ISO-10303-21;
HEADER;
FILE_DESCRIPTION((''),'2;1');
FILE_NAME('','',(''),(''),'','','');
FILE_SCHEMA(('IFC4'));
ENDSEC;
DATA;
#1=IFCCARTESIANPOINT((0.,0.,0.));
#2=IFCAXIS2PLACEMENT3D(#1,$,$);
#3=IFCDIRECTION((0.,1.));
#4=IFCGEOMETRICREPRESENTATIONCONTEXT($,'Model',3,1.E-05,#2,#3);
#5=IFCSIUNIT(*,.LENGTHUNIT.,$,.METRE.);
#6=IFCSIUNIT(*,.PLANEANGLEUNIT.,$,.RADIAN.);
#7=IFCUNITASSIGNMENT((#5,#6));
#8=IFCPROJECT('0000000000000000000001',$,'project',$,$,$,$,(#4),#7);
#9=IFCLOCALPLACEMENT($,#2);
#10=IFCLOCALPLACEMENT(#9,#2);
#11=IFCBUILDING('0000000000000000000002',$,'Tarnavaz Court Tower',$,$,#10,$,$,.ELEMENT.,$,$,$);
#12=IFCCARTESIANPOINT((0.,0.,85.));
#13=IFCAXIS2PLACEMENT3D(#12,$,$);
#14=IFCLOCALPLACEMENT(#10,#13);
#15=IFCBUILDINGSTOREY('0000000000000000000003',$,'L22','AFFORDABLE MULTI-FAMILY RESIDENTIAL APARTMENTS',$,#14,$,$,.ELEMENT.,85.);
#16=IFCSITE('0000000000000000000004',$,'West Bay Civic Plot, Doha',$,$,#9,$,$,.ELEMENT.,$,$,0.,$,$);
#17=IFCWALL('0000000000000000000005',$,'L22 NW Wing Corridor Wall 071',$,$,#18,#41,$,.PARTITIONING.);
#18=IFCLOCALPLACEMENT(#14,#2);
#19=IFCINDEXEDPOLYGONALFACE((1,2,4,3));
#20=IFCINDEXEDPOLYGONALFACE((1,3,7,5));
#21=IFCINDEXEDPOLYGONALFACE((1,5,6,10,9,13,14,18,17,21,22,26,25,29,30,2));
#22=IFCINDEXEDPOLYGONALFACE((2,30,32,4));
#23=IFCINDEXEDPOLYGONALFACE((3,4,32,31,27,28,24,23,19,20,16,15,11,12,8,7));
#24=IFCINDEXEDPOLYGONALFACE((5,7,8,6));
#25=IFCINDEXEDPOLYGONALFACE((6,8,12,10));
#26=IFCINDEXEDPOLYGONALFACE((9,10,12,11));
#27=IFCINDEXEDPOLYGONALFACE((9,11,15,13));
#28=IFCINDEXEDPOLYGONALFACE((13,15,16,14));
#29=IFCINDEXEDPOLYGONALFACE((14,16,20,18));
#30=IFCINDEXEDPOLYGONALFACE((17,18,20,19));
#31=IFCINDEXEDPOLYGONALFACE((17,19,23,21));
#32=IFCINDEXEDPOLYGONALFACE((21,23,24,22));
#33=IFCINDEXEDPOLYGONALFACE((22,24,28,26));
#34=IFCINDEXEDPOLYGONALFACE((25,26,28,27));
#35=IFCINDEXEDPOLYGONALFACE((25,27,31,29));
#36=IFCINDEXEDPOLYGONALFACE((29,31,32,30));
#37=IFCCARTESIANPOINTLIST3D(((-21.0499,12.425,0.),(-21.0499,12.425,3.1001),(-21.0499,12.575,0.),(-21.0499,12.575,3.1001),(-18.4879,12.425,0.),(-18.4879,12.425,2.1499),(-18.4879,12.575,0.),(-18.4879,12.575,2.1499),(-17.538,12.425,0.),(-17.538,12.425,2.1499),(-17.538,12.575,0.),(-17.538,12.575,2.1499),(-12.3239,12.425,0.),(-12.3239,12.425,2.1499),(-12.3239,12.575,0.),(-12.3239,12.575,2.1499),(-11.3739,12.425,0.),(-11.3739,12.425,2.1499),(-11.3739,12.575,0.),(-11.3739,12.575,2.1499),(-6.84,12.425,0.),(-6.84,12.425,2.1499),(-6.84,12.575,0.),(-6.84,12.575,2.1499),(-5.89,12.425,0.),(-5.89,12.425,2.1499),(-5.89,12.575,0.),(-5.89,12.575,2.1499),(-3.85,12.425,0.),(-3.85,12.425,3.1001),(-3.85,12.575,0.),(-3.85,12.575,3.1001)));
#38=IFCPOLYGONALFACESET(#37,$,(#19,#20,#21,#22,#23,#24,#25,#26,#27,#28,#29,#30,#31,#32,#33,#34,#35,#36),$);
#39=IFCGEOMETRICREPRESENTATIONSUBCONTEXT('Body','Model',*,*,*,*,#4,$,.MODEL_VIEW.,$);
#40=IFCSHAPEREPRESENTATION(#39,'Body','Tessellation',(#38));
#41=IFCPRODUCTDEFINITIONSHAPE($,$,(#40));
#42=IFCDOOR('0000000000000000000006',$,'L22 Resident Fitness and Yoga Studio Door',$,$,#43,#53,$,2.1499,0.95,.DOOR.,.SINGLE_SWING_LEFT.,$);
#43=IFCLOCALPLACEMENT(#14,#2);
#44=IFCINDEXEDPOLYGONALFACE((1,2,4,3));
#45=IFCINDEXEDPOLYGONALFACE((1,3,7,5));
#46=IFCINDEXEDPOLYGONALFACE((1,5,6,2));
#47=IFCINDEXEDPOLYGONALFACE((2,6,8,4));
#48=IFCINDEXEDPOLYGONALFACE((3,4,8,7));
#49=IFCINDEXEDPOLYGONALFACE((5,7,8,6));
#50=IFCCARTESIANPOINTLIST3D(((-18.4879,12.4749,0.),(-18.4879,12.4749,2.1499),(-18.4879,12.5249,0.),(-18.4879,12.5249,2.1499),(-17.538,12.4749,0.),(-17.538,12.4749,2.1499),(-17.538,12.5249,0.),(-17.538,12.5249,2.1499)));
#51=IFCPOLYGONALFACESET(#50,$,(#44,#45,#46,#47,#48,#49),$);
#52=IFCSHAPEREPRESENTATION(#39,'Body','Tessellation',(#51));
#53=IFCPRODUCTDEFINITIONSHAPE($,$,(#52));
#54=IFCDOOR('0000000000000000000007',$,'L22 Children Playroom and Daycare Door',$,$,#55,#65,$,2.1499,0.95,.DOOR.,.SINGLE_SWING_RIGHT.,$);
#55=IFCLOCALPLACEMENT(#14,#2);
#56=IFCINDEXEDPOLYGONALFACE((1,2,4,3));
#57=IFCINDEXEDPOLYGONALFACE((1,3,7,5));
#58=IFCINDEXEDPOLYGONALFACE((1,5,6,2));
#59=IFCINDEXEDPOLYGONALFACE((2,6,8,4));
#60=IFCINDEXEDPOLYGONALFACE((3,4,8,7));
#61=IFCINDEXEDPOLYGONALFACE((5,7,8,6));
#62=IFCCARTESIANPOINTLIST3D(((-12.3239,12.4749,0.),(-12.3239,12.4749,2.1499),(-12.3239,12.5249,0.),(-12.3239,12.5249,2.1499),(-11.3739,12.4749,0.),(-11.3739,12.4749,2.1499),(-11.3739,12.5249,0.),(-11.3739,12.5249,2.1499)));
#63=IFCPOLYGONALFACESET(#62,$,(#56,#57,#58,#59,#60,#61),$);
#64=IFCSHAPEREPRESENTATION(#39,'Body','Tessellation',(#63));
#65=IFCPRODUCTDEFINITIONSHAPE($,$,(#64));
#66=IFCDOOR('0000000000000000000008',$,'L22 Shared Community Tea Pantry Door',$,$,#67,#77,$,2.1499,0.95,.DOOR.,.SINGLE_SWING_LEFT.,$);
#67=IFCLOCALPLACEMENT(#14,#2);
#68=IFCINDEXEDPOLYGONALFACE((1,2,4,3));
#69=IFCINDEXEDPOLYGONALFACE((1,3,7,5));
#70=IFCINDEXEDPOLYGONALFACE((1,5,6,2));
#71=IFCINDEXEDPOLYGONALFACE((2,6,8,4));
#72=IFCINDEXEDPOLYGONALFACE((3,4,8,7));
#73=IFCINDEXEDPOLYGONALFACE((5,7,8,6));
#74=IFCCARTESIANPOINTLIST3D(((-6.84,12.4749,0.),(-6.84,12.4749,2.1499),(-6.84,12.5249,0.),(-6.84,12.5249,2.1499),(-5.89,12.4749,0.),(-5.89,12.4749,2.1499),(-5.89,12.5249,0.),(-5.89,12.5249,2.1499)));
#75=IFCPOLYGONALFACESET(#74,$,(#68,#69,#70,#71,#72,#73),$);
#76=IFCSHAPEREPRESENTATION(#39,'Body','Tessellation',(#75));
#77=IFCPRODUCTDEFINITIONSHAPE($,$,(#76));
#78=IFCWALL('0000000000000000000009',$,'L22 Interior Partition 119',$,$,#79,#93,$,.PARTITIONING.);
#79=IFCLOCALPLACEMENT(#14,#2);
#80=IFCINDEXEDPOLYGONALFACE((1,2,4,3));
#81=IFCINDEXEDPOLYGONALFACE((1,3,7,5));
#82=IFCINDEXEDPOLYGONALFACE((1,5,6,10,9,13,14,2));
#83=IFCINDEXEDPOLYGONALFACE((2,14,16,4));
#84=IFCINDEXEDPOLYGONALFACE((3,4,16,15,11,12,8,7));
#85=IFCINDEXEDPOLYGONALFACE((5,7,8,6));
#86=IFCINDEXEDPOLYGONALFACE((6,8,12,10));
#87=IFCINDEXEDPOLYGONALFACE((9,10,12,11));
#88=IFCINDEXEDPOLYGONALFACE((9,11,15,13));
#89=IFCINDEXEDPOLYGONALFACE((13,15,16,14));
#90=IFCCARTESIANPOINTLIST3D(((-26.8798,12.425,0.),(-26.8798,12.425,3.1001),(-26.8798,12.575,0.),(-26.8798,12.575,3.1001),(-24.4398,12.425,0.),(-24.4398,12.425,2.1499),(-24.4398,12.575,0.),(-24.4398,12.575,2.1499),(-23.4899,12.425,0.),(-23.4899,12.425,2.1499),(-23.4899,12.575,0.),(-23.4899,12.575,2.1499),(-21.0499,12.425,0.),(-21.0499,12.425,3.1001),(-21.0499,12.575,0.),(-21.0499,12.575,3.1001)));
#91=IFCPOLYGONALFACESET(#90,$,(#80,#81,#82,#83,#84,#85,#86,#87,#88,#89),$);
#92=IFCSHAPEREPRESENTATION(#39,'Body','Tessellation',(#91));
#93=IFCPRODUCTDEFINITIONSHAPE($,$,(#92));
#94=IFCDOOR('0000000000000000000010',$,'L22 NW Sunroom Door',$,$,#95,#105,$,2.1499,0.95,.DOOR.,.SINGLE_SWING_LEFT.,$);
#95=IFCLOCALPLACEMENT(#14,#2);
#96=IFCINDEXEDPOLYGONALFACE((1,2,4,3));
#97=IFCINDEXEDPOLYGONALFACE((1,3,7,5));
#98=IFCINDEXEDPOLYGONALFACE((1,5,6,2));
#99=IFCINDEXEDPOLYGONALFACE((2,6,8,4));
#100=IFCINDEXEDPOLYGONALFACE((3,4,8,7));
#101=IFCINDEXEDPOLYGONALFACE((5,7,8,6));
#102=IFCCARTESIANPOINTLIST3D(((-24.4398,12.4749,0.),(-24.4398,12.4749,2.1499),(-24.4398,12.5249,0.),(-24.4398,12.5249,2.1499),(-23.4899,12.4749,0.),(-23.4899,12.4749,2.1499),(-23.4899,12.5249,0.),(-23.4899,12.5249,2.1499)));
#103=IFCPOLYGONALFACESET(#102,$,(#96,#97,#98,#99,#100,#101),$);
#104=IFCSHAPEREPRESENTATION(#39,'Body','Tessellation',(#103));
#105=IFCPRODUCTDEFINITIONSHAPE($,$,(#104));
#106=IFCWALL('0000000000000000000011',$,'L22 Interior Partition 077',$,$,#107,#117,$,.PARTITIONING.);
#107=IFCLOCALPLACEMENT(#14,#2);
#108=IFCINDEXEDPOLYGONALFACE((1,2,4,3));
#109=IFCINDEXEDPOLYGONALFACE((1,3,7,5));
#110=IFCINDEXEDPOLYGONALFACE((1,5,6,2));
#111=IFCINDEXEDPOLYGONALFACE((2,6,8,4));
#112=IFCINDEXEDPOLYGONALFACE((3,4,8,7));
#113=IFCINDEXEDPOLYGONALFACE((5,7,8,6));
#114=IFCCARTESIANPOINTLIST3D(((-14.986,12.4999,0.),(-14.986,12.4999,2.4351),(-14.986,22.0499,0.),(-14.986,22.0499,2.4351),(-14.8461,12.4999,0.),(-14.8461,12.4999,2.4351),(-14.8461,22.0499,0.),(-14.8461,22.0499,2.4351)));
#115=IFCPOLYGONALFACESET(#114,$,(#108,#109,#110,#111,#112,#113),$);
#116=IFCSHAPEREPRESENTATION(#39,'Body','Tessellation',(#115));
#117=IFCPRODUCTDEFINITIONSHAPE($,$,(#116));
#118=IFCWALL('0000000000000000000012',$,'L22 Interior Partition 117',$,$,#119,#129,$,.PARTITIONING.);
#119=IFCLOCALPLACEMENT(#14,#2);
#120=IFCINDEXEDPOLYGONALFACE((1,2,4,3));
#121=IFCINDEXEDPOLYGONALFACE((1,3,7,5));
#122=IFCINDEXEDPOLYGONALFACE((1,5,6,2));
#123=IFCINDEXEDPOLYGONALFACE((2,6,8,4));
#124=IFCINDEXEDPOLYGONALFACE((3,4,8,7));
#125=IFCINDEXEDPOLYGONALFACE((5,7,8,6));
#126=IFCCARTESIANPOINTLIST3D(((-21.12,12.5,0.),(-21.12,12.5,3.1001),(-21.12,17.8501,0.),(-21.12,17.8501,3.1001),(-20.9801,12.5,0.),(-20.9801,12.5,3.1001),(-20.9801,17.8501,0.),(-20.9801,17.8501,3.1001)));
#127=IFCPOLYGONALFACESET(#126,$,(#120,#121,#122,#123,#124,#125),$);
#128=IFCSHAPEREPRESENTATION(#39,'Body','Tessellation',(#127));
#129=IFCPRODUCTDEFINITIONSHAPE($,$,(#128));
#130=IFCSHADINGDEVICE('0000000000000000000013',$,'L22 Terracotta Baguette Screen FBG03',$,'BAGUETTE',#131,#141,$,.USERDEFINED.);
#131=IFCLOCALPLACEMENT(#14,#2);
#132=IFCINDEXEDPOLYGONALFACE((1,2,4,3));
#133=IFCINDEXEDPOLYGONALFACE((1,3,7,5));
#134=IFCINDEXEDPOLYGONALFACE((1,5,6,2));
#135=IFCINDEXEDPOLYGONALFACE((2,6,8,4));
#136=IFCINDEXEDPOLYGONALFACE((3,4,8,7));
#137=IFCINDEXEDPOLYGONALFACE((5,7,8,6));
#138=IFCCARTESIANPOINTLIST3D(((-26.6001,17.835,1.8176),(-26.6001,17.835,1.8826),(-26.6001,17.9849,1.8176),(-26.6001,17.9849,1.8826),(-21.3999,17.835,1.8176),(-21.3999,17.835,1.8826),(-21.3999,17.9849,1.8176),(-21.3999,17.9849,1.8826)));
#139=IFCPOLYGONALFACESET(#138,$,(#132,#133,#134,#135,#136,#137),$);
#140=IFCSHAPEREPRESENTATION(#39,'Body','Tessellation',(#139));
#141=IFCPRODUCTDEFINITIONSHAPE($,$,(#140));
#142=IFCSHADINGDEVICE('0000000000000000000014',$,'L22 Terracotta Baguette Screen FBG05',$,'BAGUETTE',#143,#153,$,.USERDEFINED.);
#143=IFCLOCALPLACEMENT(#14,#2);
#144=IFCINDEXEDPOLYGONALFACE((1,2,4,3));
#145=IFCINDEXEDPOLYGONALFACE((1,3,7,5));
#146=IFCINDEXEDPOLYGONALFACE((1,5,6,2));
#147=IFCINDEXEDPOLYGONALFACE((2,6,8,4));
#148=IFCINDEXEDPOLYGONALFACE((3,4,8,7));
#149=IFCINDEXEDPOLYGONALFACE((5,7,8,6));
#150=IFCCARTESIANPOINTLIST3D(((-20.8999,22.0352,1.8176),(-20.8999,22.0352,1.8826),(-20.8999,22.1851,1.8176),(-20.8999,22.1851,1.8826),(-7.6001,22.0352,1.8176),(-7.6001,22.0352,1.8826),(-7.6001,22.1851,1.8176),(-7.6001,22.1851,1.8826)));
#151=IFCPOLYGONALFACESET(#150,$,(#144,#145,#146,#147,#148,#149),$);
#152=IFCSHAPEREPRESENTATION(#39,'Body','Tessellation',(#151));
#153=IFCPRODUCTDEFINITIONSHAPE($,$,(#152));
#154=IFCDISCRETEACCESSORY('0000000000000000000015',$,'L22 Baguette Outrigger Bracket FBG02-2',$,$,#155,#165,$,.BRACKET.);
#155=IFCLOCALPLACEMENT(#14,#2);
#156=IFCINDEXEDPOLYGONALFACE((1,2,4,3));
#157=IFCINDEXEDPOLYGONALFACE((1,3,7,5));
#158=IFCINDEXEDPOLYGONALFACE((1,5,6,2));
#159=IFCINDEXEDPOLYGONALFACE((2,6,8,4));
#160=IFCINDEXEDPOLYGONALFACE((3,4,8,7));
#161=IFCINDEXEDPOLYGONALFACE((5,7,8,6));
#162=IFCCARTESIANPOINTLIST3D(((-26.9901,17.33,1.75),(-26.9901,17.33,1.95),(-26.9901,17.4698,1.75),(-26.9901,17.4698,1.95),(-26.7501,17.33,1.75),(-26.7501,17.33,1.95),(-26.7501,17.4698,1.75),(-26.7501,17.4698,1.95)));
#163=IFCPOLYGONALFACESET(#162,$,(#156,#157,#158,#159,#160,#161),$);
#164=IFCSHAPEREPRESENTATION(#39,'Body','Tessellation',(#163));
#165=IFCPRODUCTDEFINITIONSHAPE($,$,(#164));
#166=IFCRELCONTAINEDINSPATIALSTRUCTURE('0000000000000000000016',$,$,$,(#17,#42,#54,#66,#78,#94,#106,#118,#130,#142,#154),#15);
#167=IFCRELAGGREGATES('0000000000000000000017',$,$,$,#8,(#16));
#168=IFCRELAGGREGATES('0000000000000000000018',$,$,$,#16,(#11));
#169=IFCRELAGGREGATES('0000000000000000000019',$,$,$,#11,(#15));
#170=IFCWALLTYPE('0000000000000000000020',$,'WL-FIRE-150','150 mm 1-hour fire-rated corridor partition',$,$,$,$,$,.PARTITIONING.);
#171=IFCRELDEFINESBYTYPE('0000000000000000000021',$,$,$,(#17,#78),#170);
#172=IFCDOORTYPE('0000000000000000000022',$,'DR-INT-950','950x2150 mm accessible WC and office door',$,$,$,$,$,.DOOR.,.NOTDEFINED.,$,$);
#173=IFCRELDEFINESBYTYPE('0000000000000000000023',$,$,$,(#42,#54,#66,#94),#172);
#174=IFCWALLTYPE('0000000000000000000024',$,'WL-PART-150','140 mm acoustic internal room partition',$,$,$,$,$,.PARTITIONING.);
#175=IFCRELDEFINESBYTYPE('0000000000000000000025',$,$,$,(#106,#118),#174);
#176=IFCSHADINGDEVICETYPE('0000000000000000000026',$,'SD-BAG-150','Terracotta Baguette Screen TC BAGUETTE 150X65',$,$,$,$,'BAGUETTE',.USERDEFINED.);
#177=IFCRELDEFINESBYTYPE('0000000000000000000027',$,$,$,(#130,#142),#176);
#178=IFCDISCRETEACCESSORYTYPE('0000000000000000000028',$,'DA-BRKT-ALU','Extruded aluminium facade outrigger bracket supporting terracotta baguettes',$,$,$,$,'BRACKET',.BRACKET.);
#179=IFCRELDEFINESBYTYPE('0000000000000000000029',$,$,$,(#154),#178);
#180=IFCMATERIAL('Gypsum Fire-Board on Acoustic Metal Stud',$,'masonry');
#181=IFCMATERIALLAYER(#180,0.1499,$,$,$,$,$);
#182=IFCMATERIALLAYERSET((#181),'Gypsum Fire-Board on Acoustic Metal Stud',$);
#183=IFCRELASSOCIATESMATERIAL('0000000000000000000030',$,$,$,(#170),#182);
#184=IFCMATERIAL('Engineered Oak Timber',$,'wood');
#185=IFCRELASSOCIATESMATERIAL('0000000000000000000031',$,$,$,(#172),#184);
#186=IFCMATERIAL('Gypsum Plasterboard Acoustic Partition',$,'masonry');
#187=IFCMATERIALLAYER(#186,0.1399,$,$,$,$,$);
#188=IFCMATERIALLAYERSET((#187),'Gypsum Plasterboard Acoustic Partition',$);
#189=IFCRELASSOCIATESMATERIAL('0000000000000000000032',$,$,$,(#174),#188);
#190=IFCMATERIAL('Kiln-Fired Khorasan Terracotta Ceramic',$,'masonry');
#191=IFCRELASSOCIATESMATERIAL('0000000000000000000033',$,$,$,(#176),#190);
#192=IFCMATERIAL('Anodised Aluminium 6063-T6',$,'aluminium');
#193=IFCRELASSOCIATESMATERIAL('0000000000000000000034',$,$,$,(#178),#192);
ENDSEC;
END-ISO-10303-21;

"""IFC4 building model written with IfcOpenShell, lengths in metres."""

from ifc_helpers import new_model, si_unit, direction, frame, frame_2d, origin, origin_2d, place, context, subcontext, project, spatial, rectangle, extrude, material, layer, layer_set, material_profile, profile_set, type_object, element, fill, save


model = new_model("IFC4")

# Units and contexts
model_context = context("Model", 3, precision=1e-05, world=origin(), true_north=direction((0.0, 1.0)))
body_context = subcontext(model_context, "Body", "Model", "MODEL_VIEW")
ifc_project = project(units=[si_unit("LENGTHUNIT", "METRE"), si_unit("PLANEANGLEUNIT", "RADIAN")], contexts=[model_context])

# Site, building, storey
site_placement = place(None, origin())
site = spatial("IfcSite", under=ifc_project, at=site_placement, Name="West Bay Civic Plot, Doha", CompositionType="ELEMENT", RefElevation=0.0)
building_placement = place(site_placement, origin())
building = spatial("IfcBuilding", under=site, at=building_placement, Name="Tarnavaz Court Tower", CompositionType="ELEMENT")
storey_placement = place(building_placement, frame((0.0, 0.0, 85.0)))
storey = spatial("IfcBuildingStorey", under=building, at=storey_placement, Name="L22", Description="AFFORDABLE MULTI-FAMILY RESIDENTIAL APARTMENTS", CompositionType="ELEMENT", Elevation=85.0)

# Wall, openings, doors
ifc_material_1 = material(Name="Gypsum Fire-Board on Acoustic Metal Stud", Category="masonry")
ifc_layer_1 = layer(ifc_material_1, 0.1499)
ifc_layer_set_1 = layer_set([ifc_layer_1], Name="Gypsum Fire-Board on Acoustic Metal Stud")
wall_type_1 = type_object("IfcWallType", Name="WL-FIRE-150", Description="150 mm 1-hour fire-rated corridor partition", PredefinedType="PARTITIONING", material=ifc_layer_set_1)
wall_1_placement = place(storey_placement, frame((-21.05, 12.5, 0.0), z_axis=(0.0, 0.0, 1.0), x_axis=(1.0, 0.0, 0.0)))
wall_1 = element("IfcWall", 1, at=wall_1_placement, inside=storey, type_object=wall_type_1, Name="L22 NW Wing Corridor Wall 071", PredefinedType="PARTITIONING", context=body_context, shape_type="SweptSolid", body=[
    extrude(rectangle(XDim=17.2, YDim=0.1499, at=frame_2d((8.6001, 0.0))), origin(), (0.0, 0.0, 1.0), 3.1001),
])
opening_1_placement = place(wall_1_placement, frame((2.562, 0.0, 0.0)))
opening_1 = element("IfcOpeningElement", 2, at=opening_1_placement, cuts=wall_1, PredefinedType="OPENING", context=body_context, shape_type="SweptSolid", body=[
    extrude(rectangle(XDim=0.95, YDim=2.1499, at=frame_2d((0.4751, 1.075))), frame((0.0, 0.085, 0.0), z_axis=(0.0, -1.0, 0.0), x_axis=(1.0, 0.0, 0.0)), (0.0, 0.0, 1.0), 0.1699),
])
opening_2_placement = place(wall_1_placement, frame((8.7261, 0.0, 0.0)))
opening_2 = element("IfcOpeningElement", 3, at=opening_2_placement, cuts=wall_1, PredefinedType="OPENING", context=body_context, shape_type="SweptSolid", body=[
    extrude(rectangle(XDim=0.95, YDim=2.1499, at=frame_2d((0.4751, 1.075))), frame((0.0, 0.085, 0.0), z_axis=(0.0, -1.0, 0.0), x_axis=(1.0, 0.0, 0.0)), (0.0, 0.0, 1.0), 0.1699),
])
opening_3_placement = place(wall_1_placement, frame((14.21, 0.0, 0.0)))
opening_3 = element("IfcOpeningElement", 4, at=opening_3_placement, cuts=wall_1, PredefinedType="OPENING", context=body_context, shape_type="SweptSolid", body=[
    extrude(rectangle(XDim=0.95, YDim=2.1499, at=frame_2d((0.4751, 1.075))), frame((0.0, 0.085, 0.0), z_axis=(0.0, -1.0, 0.0), x_axis=(1.0, 0.0, 0.0)), (0.0, 0.0, 1.0), 0.1699),
])
ifc_material_2 = material(Name="Engineered Oak Timber", Category="wood")
door_type = type_object("IfcDoorType", Name="DR-INT-950", Description="950x2150 mm accessible WC and office door", OperationType="NOTDEFINED", PredefinedType="DOOR", material=ifc_material_2)
door_1_placement = place(opening_1_placement, origin())
door_1 = element("IfcDoor", 5, at=door_1_placement, inside=storey, type_object=door_type, Name="L22 Resident Fitness and Yoga Studio Door", OperationType="SINGLE_SWING_LEFT", OverallHeight=2.1499, OverallWidth=0.95, PredefinedType="DOOR", context=body_context, shape_type="SweptSolid", body=[
    extrude(rectangle(XDim=0.95, YDim=2.1499, at=frame_2d((0.4751, 1.075))), frame((0.0, 0.0249, 0.0), z_axis=(0.0, -1.0, 0.0), x_axis=(1.0, 0.0, 0.0)), (0.0, 0.0, 1.0), 0.05),
])
fill(opening_1, door_1)
door_2_placement = place(opening_2_placement, origin())
door_2 = element("IfcDoor", 6, at=door_2_placement, inside=storey, type_object=door_type, Name="L22 Children Playroom and Daycare Door", OperationType="SINGLE_SWING_RIGHT", OverallHeight=2.1499, OverallWidth=0.95, PredefinedType="DOOR", context=body_context, shape_type="SweptSolid", body=[
    extrude(rectangle(XDim=0.95, YDim=2.1499, at=frame_2d((0.4751, 1.075))), frame((0.0, 0.0249, 0.0), z_axis=(0.0, -1.0, 0.0), x_axis=(1.0, 0.0, 0.0)), (0.0, 0.0, 1.0), 0.05),
])
fill(opening_2, door_2)
door_3_placement = place(opening_3_placement, origin())
door_3 = element("IfcDoor", 7, at=door_3_placement, inside=storey, type_object=door_type, Name="L22 Shared Community Tea Pantry Door", OperationType="SINGLE_SWING_LEFT", OverallHeight=2.1499, OverallWidth=0.95, PredefinedType="DOOR", context=body_context, shape_type="SweptSolid", body=[
    extrude(rectangle(XDim=0.95, YDim=2.1499, at=frame_2d((0.4751, 1.075))), frame((0.0, 0.0249, 0.0), z_axis=(0.0, -1.0, 0.0), x_axis=(1.0, 0.0, 0.0)), (0.0, 0.0, 1.0), 0.05),
])
fill(opening_3, door_3)

# Wall, opening, door
wall_2_placement = place(storey_placement, frame((-26.8799, 12.5, 0.0), z_axis=(0.0, 0.0, 1.0), x_axis=(1.0, 0.0, 0.0)))
wall_2 = element("IfcWall", 8, at=wall_2_placement, inside=storey, type_object=wall_type_1, Name="L22 Interior Partition 119", PredefinedType="PARTITIONING", context=body_context, shape_type="SweptSolid", body=[
    extrude(rectangle(XDim=5.8298, YDim=0.1499, at=frame_2d((2.915, 0.0))), origin(), (0.0, 0.0, 1.0), 3.1001),
])
opening_4_placement = place(wall_2_placement, frame((2.4399, 0.0, 0.0)))
opening_4 = element("IfcOpeningElement", 9, at=opening_4_placement, cuts=wall_2, PredefinedType="OPENING", context=body_context, shape_type="SweptSolid", body=[
    extrude(rectangle(XDim=0.95, YDim=2.1499, at=frame_2d((0.4751, 1.075))), frame((0.0, 0.085, 0.0), z_axis=(0.0, -1.0, 0.0), x_axis=(1.0, 0.0, 0.0)), (0.0, 0.0, 1.0), 0.1699),
])
door_4_placement = place(opening_4_placement, origin())
door_4 = element("IfcDoor", 10, at=door_4_placement, inside=storey, type_object=door_type, Name="L22 NW Sunroom Door", OperationType="SINGLE_SWING_LEFT", OverallHeight=2.1499, OverallWidth=0.95, PredefinedType="DOOR", context=body_context, shape_type="SweptSolid", body=[
    extrude(rectangle(XDim=0.95, YDim=2.1499, at=frame_2d((0.4751, 1.075))), frame((0.0, 0.0249, 0.0), z_axis=(0.0, -1.0, 0.0), x_axis=(1.0, 0.0, 0.0)), (0.0, 0.0, 1.0), 0.05),
])
fill(opening_4, door_4)

# Walls
ifc_material_3 = material(Name="Gypsum Plasterboard Acoustic Partition", Category="masonry")
ifc_layer_2 = layer(ifc_material_3, 0.1399)
ifc_layer_set_2 = layer_set([ifc_layer_2], Name="Gypsum Plasterboard Acoustic Partition")
wall_type_2 = type_object("IfcWallType", Name="WL-PART-150", Description="140 mm acoustic internal room partition", PredefinedType="PARTITIONING", material=ifc_layer_set_2)
wall_3_placement = place(storey_placement, frame((-14.916, 12.5, 0.0), z_axis=(0.0, 0.0, 1.0), x_axis=(0.0, 1.0, 0.0)))
element("IfcWall", 11, at=wall_3_placement, inside=storey, type_object=wall_type_2, Name="L22 Interior Partition 077", PredefinedType="PARTITIONING", context=body_context, shape_type="SweptSolid", body=[
    extrude(rectangle(XDim=9.55, YDim=0.1399, at=frame_2d((4.7749, 0.0))), origin(), (0.0, 0.0, 1.0), 2.4351),
])
wall_4_placement = place(storey_placement, frame((-21.05, 12.5, 0.0), z_axis=(0.0, 0.0, 1.0), x_axis=(0.0, 1.0, 0.0)))
element("IfcWall", 12, at=wall_4_placement, inside=storey, type_object=wall_type_2, Name="L22 Interior Partition 117", PredefinedType="PARTITIONING", context=body_context, shape_type="SweptSolid", body=[
    extrude(rectangle(XDim=5.3501, YDim=0.1399, at=frame_2d((2.675, 0.0))), origin(), (0.0, 0.0, 1.0), 3.1001),
])

# Shading devices
ifc_material_4 = material(Name="Kiln-Fired Khorasan Terracotta Ceramic", Category="masonry")
ifc_material_profile_1 = material_profile(ifc_material_4, rectangle(XDim=0.1499, YDim=0.0649, at=origin_2d()), Name="TC BAGUETTE 150X65")
ifc_profile_set_1 = profile_set([ifc_material_profile_1], Name="Kiln-Fired Khorasan Terracotta Ceramic")
shading_device_type = type_object("IfcShadingDeviceType", Name="SD-BAG-150", Description="Terracotta Baguette Screen TC BAGUETTE 150X65", ElementType="BAGUETTE", PredefinedType="USERDEFINED", material=ifc_profile_set_1)
shading_device_1_placement = place(storey_placement, frame((-26.6001, 17.9099, 1.8501), z_axis=(1.0, 0.0, 0.0), x_axis=(0.0, 1.0, 0.0)))
element("IfcShadingDevice", 13, at=shading_device_1_placement, inside=storey, type_object=shading_device_type, Name="L22 Terracotta Baguette Screen FBG03", ObjectType="BAGUETTE", PredefinedType="USERDEFINED", context=body_context, shape_type="SweptSolid", body=[
    extrude(rectangle(XDim=0.1499, YDim=0.0649, at=origin_2d()), origin(), (0.0, 0.0, 1.0), 5.2002),
])
shading_device_2_placement = place(storey_placement, frame((-20.8999, 22.1101, 1.8501), z_axis=(1.0, 0.0, 0.0), x_axis=(0.0, 1.0, 0.0)))
element("IfcShadingDevice", 14, at=shading_device_2_placement, inside=storey, type_object=shading_device_type, Name="L22 Terracotta Baguette Screen FBG05", ObjectType="BAGUETTE", PredefinedType="USERDEFINED", context=body_context, shape_type="SweptSolid", body=[
    extrude(rectangle(XDim=0.1499, YDim=0.0649, at=origin_2d()), origin(), (0.0, 0.0, 1.0), 13.2998),
])

# Discrete accessory
ifc_material_5 = material(Name="Anodised Aluminium 6063-T6", Category="aluminium")
discrete_accessory_type = type_object("IfcDiscreteAccessoryType", Name="DA-BRKT-ALU", Description="Extruded aluminium facade outrigger bracket supporting terracotta baguettes", ElementType="BRACKET", PredefinedType="BRACKET", material=ifc_material_5)
for number, where, z_axis, x_axis, name in (
    (15, (-26.8701, 17.3999, 1.75), (0.0, 0.0, 1.0), (0.0, 1.0, 0.0), "L22 Baguette Outrigger Bracket FBG02-2"),
):
    element("IfcDiscreteAccessory", number, at=place(storey_placement, frame(where, z_axis=z_axis, x_axis=x_axis)), inside=storey, type_object=discrete_accessory_type, Name=name, PredefinedType="BRACKET", context=body_context, shape_type="SweptSolid", body=[
        extrude(rectangle(XDim=0.1399, YDim=0.24, at=origin_2d()), origin(), (0.0, 0.0, 1.0), 0.2),
    ])

save(model, "model.ifc")
